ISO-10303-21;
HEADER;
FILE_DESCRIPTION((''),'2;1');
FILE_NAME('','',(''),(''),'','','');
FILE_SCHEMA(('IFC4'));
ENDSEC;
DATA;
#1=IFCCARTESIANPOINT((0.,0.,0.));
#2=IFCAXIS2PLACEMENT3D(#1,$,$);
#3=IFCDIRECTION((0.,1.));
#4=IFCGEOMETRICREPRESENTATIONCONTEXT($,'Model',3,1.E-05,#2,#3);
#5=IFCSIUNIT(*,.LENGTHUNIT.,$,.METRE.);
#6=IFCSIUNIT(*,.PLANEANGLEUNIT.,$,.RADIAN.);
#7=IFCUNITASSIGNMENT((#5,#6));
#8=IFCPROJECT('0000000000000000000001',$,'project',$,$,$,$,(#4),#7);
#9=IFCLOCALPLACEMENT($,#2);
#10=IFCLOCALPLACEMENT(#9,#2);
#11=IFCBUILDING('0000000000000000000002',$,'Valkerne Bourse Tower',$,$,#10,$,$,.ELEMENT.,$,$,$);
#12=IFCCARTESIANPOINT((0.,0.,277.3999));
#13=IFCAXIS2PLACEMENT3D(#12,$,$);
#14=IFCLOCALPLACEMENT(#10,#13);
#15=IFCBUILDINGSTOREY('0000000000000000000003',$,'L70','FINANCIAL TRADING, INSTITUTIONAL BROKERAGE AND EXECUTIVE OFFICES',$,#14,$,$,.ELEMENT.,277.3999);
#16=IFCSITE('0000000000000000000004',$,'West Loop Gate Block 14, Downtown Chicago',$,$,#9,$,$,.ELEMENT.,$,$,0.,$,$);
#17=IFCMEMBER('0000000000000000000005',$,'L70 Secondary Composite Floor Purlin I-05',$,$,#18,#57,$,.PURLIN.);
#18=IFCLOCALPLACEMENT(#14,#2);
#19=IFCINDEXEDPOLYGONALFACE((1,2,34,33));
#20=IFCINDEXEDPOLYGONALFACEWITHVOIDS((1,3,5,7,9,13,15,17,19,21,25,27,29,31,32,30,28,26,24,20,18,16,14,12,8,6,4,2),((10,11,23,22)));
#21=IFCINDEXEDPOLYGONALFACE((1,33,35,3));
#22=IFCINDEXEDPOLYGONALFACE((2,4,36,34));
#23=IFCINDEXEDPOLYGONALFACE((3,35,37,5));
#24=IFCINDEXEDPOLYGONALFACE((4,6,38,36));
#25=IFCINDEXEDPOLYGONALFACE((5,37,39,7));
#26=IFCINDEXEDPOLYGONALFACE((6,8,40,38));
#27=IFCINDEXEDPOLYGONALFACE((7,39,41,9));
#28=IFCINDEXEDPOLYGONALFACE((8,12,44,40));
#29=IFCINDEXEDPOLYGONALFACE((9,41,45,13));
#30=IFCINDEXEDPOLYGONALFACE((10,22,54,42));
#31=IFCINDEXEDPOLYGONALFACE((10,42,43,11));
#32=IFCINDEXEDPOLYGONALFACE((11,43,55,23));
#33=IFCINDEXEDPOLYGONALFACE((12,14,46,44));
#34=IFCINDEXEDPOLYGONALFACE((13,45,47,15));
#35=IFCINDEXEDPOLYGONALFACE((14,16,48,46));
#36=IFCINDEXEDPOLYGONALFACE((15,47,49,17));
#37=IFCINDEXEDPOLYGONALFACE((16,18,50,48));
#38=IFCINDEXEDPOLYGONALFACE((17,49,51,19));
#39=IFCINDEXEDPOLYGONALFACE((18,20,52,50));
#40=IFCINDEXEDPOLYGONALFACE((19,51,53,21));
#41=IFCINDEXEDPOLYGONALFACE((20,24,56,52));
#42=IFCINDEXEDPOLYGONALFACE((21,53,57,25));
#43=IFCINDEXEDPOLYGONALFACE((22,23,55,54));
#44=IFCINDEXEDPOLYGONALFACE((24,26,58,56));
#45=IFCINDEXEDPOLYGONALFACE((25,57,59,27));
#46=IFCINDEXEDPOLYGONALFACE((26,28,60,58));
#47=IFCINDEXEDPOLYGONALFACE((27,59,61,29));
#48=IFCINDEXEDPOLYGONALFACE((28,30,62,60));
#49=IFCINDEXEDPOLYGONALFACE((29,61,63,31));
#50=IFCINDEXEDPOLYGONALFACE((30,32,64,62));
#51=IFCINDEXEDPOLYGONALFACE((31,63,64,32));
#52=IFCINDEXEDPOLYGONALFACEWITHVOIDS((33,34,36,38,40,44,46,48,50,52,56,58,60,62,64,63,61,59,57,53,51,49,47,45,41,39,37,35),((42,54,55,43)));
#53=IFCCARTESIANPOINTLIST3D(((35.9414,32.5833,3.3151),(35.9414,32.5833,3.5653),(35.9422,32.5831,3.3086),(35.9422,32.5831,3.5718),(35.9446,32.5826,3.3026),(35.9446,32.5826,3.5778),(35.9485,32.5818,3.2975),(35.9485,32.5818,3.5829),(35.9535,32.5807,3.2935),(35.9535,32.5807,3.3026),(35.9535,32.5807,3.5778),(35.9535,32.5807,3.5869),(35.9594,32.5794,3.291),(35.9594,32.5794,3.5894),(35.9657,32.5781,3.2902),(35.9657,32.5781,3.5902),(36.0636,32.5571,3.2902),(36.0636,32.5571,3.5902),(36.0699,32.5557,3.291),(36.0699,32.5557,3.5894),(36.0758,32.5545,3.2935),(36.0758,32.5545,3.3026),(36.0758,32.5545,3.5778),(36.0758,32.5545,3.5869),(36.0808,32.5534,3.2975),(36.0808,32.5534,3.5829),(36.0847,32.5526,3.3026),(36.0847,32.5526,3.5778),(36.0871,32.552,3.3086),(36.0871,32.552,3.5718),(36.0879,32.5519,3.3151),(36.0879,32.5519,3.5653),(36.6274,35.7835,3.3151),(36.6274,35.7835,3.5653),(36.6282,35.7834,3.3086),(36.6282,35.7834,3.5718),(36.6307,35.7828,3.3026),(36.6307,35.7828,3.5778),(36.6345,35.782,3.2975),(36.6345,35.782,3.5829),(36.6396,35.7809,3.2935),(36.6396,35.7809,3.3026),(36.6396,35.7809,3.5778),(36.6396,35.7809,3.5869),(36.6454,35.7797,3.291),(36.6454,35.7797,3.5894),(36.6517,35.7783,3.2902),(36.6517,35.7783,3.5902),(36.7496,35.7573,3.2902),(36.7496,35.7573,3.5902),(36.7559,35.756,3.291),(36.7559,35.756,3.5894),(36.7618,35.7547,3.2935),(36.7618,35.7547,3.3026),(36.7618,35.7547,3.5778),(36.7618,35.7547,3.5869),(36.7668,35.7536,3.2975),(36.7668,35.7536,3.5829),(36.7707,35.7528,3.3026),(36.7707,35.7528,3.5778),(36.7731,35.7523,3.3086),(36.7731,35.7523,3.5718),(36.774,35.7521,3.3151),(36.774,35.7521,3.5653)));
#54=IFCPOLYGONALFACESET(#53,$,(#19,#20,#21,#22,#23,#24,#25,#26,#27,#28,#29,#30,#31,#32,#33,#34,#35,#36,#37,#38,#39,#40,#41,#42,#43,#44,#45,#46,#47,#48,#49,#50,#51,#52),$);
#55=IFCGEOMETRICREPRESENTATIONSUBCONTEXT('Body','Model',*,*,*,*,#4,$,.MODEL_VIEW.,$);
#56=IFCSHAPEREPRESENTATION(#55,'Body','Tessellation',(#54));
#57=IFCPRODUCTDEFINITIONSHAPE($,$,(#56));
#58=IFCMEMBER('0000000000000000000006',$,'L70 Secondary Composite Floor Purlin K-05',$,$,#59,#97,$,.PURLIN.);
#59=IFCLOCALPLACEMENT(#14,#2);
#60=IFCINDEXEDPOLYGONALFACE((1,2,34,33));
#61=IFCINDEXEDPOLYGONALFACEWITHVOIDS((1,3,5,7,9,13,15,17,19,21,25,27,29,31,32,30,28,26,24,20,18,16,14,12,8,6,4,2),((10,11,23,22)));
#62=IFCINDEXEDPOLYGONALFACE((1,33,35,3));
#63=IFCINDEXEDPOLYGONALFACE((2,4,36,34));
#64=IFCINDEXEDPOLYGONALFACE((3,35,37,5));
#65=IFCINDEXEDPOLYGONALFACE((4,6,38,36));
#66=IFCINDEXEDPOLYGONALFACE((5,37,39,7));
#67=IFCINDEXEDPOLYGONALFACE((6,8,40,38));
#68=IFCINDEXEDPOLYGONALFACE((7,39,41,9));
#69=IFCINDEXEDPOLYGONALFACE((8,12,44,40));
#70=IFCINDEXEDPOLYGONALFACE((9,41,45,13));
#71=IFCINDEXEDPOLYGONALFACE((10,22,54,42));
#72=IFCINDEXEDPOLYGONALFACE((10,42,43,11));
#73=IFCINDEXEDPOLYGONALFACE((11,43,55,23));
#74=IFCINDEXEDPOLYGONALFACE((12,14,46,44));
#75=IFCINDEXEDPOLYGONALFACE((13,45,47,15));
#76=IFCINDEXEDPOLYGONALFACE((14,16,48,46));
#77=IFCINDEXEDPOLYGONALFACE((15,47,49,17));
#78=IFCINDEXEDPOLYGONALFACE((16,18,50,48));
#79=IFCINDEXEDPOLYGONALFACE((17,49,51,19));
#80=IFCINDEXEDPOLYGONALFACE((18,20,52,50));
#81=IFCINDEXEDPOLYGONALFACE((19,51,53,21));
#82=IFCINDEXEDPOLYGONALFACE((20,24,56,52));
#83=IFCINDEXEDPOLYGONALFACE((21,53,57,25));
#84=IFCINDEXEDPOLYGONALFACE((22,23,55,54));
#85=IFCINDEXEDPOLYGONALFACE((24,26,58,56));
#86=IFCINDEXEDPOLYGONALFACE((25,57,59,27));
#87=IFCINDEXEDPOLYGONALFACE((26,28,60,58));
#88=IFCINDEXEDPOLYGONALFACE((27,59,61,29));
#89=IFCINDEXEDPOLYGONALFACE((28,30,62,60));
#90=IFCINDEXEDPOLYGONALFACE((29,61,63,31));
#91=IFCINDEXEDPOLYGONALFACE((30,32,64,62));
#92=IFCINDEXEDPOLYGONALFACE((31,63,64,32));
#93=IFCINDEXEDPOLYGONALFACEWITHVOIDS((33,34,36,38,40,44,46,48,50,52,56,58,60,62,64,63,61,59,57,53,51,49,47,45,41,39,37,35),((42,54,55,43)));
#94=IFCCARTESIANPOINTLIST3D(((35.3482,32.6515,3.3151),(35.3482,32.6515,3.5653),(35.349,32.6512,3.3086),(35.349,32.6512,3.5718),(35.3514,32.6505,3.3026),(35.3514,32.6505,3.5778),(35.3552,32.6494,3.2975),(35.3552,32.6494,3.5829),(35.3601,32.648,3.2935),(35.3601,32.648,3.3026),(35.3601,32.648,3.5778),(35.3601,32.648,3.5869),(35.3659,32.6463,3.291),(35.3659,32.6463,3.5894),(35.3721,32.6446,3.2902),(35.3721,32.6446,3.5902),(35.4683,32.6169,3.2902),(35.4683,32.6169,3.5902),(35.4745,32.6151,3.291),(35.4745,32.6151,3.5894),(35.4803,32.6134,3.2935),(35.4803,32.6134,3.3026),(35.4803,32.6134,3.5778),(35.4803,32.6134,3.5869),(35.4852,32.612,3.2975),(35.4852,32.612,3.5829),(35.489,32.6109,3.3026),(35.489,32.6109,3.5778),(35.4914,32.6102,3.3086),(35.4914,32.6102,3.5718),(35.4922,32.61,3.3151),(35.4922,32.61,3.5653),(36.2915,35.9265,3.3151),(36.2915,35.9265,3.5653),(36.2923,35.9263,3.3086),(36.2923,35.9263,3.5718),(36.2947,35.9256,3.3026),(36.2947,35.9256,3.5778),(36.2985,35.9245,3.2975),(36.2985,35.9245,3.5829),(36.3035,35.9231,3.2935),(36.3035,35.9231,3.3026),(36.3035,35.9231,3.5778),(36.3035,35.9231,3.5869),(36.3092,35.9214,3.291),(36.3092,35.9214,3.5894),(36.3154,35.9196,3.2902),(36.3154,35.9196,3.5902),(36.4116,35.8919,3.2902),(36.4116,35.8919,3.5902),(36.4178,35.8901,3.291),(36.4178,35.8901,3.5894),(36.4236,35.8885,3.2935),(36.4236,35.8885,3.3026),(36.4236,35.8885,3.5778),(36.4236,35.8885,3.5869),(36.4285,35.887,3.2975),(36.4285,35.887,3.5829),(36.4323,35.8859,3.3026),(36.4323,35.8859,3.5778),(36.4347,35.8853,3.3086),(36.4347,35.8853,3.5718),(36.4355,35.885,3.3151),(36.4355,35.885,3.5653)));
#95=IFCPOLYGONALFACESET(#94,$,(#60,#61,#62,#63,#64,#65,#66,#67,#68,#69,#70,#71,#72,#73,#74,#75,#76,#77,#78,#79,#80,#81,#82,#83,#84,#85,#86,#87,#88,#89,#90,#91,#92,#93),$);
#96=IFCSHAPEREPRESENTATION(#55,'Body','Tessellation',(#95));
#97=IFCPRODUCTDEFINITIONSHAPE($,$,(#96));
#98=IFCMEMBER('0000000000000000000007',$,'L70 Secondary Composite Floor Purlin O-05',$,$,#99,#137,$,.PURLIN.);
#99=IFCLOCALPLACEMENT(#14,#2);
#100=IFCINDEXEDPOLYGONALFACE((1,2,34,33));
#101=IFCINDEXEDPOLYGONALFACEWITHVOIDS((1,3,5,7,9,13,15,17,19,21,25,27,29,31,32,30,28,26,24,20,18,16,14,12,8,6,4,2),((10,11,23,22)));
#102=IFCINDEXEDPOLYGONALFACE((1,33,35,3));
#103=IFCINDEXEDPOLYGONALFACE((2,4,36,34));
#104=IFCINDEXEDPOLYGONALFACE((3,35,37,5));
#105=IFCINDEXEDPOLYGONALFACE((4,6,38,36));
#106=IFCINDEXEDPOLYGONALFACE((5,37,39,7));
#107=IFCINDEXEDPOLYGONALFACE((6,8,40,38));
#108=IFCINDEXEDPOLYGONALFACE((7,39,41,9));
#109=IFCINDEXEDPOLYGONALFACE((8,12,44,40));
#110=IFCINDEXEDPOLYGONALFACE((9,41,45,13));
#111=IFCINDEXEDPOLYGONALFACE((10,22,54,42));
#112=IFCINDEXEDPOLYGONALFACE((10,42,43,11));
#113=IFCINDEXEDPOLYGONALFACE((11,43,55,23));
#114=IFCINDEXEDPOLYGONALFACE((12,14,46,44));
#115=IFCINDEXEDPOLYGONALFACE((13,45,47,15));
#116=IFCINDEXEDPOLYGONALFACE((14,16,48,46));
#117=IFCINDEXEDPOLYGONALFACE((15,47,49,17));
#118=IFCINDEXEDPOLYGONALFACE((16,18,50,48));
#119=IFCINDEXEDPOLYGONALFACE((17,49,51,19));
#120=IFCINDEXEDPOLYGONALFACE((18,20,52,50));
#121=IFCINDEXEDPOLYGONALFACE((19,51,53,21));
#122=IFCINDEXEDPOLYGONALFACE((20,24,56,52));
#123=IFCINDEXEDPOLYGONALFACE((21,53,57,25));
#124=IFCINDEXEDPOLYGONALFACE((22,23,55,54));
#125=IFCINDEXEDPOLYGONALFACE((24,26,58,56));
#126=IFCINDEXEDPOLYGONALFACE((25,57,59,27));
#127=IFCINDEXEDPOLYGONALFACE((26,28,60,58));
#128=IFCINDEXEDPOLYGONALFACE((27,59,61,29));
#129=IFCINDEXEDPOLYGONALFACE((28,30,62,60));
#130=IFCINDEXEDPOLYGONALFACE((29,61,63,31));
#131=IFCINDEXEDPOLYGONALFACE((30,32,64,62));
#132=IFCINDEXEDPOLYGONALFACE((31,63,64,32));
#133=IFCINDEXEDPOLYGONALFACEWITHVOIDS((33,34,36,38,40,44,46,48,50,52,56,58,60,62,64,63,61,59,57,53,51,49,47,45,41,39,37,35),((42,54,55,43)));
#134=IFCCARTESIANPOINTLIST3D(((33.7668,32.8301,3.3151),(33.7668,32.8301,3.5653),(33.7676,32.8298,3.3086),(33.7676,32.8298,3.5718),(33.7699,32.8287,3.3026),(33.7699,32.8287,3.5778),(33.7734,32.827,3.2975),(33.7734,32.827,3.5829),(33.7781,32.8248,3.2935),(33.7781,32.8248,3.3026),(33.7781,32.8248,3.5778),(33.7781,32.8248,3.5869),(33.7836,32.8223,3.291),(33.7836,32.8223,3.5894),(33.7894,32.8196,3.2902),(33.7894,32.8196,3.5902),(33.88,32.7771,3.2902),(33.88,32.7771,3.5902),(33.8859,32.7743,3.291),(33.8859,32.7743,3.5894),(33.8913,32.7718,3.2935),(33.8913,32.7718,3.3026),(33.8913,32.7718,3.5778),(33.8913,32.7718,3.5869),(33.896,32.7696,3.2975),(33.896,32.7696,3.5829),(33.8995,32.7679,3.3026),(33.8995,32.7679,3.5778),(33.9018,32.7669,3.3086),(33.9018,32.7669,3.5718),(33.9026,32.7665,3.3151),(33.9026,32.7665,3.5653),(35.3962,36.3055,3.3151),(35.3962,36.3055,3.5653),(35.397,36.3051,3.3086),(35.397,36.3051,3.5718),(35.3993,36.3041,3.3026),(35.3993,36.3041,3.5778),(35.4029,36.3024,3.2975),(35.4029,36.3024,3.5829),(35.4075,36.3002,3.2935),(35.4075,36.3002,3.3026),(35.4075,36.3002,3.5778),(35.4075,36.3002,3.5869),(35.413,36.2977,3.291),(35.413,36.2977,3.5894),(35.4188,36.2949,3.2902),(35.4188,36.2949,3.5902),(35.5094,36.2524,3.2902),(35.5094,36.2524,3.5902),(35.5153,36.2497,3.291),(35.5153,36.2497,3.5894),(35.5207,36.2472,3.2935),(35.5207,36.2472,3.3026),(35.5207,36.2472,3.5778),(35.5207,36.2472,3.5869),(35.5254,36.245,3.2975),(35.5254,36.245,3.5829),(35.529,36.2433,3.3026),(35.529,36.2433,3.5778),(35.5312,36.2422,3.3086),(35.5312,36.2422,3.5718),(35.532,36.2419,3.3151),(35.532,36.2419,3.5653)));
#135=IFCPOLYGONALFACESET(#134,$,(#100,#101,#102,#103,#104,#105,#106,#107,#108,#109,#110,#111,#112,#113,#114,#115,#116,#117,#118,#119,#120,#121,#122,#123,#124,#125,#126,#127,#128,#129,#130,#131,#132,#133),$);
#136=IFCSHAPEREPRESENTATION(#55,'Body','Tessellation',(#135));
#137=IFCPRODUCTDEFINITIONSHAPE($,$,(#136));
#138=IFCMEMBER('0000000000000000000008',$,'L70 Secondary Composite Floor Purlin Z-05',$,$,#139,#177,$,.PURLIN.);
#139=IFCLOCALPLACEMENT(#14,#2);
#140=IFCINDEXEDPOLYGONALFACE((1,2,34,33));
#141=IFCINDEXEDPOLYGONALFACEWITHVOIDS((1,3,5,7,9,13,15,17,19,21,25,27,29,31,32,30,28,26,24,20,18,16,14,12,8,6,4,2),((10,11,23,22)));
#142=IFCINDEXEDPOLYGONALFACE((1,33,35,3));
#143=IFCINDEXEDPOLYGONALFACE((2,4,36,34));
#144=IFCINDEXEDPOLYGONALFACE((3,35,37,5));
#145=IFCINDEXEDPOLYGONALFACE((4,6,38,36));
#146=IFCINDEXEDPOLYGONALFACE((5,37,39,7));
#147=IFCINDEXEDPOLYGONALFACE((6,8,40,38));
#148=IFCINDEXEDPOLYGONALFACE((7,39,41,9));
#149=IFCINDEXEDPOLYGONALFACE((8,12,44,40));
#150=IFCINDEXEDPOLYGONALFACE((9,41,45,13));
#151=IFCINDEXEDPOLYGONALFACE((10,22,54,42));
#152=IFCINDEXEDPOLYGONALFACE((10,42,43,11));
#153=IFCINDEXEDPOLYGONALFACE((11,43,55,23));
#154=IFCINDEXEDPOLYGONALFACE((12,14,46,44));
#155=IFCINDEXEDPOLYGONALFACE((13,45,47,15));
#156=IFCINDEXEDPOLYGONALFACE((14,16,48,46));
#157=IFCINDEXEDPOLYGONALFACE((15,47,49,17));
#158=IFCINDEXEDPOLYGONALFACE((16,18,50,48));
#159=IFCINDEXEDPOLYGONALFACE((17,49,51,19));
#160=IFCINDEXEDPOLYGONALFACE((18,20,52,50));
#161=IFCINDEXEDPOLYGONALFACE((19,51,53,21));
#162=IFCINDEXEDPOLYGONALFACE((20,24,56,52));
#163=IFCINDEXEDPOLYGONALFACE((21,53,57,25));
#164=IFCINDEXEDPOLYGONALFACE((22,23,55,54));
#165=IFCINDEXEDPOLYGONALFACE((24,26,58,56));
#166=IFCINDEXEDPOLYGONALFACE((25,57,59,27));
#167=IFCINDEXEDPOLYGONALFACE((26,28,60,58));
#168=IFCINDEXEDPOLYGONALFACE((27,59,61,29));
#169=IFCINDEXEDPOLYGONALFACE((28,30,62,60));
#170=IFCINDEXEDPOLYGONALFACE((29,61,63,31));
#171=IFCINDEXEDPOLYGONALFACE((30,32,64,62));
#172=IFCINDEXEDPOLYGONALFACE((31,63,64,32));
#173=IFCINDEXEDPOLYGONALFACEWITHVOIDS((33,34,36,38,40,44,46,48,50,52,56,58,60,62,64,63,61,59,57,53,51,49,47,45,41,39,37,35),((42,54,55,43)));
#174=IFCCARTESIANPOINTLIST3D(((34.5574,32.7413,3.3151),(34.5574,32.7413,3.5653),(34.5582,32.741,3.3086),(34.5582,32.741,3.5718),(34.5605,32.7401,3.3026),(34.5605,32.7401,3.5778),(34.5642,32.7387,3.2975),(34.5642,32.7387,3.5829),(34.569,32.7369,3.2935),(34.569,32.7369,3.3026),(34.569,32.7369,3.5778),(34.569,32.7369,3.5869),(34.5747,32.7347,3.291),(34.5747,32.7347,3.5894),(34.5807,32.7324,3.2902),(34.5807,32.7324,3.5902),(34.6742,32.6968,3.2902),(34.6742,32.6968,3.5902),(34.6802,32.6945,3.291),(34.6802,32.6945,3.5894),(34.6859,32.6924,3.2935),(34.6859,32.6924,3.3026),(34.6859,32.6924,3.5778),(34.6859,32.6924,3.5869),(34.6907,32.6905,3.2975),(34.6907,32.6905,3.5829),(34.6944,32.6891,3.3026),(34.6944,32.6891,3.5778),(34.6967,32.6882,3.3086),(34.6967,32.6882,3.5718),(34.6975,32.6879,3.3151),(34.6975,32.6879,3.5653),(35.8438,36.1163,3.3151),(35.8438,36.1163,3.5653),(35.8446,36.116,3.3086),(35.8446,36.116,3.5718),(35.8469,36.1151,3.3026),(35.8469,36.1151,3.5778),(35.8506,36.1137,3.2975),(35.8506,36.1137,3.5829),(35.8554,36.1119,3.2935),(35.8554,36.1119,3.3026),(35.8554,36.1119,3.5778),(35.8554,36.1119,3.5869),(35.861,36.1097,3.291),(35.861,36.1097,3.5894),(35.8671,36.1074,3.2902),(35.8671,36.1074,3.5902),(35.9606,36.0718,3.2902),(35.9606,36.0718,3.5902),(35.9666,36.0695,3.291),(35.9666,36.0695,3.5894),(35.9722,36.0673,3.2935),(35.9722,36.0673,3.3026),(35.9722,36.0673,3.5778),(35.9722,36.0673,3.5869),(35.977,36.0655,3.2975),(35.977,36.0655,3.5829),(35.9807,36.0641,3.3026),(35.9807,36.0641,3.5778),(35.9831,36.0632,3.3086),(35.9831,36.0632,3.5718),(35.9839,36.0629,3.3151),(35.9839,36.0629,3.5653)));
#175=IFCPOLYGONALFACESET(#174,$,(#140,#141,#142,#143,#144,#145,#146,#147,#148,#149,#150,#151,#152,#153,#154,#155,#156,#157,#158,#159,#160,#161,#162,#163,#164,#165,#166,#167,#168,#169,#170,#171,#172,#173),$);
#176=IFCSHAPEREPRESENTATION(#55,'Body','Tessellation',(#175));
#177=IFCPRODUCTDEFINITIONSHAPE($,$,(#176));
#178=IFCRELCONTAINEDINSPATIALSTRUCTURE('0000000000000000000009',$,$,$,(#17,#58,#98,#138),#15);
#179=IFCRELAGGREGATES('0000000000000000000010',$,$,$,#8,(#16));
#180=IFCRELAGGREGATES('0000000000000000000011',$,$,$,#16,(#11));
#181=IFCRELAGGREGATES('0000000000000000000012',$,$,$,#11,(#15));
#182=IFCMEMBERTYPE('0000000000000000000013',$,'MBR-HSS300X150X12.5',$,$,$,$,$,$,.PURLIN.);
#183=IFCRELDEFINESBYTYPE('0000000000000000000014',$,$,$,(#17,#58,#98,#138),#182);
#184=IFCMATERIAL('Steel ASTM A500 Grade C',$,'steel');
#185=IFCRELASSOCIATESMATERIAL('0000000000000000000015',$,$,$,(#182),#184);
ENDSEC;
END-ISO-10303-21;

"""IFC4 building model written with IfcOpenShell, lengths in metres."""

from ifc_helpers import new_model, si_unit, direction, frame, origin, origin_2d, place, context, subcontext, project, spatial, hollow_rectangle, extrude, material, material_profile, profile_set, type_object, element, save


model = new_model("IFC4")

# Units and contexts
model_context = context("Model", 3, precision=1e-05, world=origin(), true_north=direction((0.0, 1.0)))
body_context = subcontext(model_context, "Body", "Model", "MODEL_VIEW")
ifc_project = project(units=[si_unit("LENGTHUNIT", "METRE"), si_unit("PLANEANGLEUNIT", "RADIAN")], contexts=[model_context])

# Site, building, storey
site_placement = place(None, origin())
site = spatial("IfcSite", under=ifc_project, at=site_placement, Name="West Loop Gate Block 14, Downtown Chicago", CompositionType="ELEMENT", RefElevation=0.0)
building_placement = place(site_placement, origin())
building = spatial("IfcBuilding", under=site, at=building_placement, Name="Valkerne Bourse Tower", CompositionType="ELEMENT")
storey_placement = place(building_placement, frame((0.0, 0.0, 277.3999)))
storey = spatial("IfcBuildingStorey", under=building, at=storey_placement, Name="L70", Description="FINANCIAL TRADING, INSTITUTIONAL BROKERAGE AND EXECUTIVE OFFICES", CompositionType="ELEMENT", Elevation=277.3999)

# Members
ifc_material_1 = material(Name="Steel ASTM A500 Grade C", Category="steel")
ifc_material_profile_1 = material_profile(ifc_material_1, hollow_rectangle(XDim=0.1499, YDim=0.3, WallThickness=0.0125, OuterFilletRadius=0.0249, at=origin_2d()), Name="HSS300X150X12.5")
ifc_profile_set_1 = profile_set([ifc_material_profile_1], Name="Steel ASTM A500 Grade C")
member_type_1 = type_object("IfcMemberType", Name="MBR-HSS300X150X12.5", PredefinedType="PURLIN", material=ifc_profile_set_1)
member_1_placement = place(storey_placement, frame((36.7007, 35.7678, 3.4402), z_axis=(-0.209611, -0.977785, 0.0), x_axis=(0.977785, -0.209611, 0.0)))
element("IfcMember", 1, at=member_1_placement, inside=storey, type_object=member_type_1, Name="L70 Secondary Composite Floor Purlin I-05", PredefinedType="PURLIN", context=body_context, shape_type="SweptSolid", body=[
    extrude(hollow_rectangle(XDim=0.1499, YDim=0.3, WallThickness=0.0125, OuterFilletRadius=0.0249, at=origin_2d()), origin(), (0.0, 0.0, 1.0), 3.2729),
])
member_2_placement = place(storey_placement, frame((36.3635, 35.9058, 3.4402), z_axis=(-0.276783, -0.960932, 0.0), x_axis=(0.960932, -0.276783, 0.0)))
element("IfcMember", 2, at=member_2_placement, inside=storey, type_object=member_type_1, Name="L70 Secondary Composite Floor Purlin K-05", PredefinedType="PURLIN", context=body_context, shape_type="SweptSolid", body=[
    extrude(hollow_rectangle(XDim=0.1499, YDim=0.3, WallThickness=0.0125, OuterFilletRadius=0.0249, at=origin_2d()), origin(), (0.0, 0.0, 1.0), 3.4082),
])
member_3_placement = place(storey_placement, frame((35.4641, 36.2737, 3.4402), z_axis=(-0.424504, -0.905426, 0.0), x_axis=(0.905426, -0.424504, 0.0)))
element("IfcMember", 3, at=member_3_placement, inside=storey, type_object=member_type_1, Name="L70 Secondary Composite Floor Purlin O-05", PredefinedType="PURLIN", context=body_context, shape_type="SweptSolid", body=[
    extrude(hollow_rectangle(XDim=0.1499, YDim=0.3, WallThickness=0.0125, OuterFilletRadius=0.0249, at=origin_2d()), origin(), (0.0, 0.0, 1.0), 3.8384),
])
member_4_placement = place(storey_placement, frame((35.9138, 36.0896, 3.4402), z_axis=(-0.356156, -0.934427, 0.0), x_axis=(0.934427, -0.356156, 0.0)))
element("IfcMember", 4, at=member_4_placement, inside=storey, type_object=member_type_1, Name="L70 Secondary Composite Floor Purlin Z-05", PredefinedType="PURLIN", context=body_context, shape_type="SweptSolid", body=[
    extrude(hollow_rectangle(XDim=0.1499, YDim=0.3, WallThickness=0.0125, OuterFilletRadius=0.0249, at=origin_2d()), origin(), (0.0, 0.0, 1.0), 3.6118),
])

save(model, "model.ifc")
